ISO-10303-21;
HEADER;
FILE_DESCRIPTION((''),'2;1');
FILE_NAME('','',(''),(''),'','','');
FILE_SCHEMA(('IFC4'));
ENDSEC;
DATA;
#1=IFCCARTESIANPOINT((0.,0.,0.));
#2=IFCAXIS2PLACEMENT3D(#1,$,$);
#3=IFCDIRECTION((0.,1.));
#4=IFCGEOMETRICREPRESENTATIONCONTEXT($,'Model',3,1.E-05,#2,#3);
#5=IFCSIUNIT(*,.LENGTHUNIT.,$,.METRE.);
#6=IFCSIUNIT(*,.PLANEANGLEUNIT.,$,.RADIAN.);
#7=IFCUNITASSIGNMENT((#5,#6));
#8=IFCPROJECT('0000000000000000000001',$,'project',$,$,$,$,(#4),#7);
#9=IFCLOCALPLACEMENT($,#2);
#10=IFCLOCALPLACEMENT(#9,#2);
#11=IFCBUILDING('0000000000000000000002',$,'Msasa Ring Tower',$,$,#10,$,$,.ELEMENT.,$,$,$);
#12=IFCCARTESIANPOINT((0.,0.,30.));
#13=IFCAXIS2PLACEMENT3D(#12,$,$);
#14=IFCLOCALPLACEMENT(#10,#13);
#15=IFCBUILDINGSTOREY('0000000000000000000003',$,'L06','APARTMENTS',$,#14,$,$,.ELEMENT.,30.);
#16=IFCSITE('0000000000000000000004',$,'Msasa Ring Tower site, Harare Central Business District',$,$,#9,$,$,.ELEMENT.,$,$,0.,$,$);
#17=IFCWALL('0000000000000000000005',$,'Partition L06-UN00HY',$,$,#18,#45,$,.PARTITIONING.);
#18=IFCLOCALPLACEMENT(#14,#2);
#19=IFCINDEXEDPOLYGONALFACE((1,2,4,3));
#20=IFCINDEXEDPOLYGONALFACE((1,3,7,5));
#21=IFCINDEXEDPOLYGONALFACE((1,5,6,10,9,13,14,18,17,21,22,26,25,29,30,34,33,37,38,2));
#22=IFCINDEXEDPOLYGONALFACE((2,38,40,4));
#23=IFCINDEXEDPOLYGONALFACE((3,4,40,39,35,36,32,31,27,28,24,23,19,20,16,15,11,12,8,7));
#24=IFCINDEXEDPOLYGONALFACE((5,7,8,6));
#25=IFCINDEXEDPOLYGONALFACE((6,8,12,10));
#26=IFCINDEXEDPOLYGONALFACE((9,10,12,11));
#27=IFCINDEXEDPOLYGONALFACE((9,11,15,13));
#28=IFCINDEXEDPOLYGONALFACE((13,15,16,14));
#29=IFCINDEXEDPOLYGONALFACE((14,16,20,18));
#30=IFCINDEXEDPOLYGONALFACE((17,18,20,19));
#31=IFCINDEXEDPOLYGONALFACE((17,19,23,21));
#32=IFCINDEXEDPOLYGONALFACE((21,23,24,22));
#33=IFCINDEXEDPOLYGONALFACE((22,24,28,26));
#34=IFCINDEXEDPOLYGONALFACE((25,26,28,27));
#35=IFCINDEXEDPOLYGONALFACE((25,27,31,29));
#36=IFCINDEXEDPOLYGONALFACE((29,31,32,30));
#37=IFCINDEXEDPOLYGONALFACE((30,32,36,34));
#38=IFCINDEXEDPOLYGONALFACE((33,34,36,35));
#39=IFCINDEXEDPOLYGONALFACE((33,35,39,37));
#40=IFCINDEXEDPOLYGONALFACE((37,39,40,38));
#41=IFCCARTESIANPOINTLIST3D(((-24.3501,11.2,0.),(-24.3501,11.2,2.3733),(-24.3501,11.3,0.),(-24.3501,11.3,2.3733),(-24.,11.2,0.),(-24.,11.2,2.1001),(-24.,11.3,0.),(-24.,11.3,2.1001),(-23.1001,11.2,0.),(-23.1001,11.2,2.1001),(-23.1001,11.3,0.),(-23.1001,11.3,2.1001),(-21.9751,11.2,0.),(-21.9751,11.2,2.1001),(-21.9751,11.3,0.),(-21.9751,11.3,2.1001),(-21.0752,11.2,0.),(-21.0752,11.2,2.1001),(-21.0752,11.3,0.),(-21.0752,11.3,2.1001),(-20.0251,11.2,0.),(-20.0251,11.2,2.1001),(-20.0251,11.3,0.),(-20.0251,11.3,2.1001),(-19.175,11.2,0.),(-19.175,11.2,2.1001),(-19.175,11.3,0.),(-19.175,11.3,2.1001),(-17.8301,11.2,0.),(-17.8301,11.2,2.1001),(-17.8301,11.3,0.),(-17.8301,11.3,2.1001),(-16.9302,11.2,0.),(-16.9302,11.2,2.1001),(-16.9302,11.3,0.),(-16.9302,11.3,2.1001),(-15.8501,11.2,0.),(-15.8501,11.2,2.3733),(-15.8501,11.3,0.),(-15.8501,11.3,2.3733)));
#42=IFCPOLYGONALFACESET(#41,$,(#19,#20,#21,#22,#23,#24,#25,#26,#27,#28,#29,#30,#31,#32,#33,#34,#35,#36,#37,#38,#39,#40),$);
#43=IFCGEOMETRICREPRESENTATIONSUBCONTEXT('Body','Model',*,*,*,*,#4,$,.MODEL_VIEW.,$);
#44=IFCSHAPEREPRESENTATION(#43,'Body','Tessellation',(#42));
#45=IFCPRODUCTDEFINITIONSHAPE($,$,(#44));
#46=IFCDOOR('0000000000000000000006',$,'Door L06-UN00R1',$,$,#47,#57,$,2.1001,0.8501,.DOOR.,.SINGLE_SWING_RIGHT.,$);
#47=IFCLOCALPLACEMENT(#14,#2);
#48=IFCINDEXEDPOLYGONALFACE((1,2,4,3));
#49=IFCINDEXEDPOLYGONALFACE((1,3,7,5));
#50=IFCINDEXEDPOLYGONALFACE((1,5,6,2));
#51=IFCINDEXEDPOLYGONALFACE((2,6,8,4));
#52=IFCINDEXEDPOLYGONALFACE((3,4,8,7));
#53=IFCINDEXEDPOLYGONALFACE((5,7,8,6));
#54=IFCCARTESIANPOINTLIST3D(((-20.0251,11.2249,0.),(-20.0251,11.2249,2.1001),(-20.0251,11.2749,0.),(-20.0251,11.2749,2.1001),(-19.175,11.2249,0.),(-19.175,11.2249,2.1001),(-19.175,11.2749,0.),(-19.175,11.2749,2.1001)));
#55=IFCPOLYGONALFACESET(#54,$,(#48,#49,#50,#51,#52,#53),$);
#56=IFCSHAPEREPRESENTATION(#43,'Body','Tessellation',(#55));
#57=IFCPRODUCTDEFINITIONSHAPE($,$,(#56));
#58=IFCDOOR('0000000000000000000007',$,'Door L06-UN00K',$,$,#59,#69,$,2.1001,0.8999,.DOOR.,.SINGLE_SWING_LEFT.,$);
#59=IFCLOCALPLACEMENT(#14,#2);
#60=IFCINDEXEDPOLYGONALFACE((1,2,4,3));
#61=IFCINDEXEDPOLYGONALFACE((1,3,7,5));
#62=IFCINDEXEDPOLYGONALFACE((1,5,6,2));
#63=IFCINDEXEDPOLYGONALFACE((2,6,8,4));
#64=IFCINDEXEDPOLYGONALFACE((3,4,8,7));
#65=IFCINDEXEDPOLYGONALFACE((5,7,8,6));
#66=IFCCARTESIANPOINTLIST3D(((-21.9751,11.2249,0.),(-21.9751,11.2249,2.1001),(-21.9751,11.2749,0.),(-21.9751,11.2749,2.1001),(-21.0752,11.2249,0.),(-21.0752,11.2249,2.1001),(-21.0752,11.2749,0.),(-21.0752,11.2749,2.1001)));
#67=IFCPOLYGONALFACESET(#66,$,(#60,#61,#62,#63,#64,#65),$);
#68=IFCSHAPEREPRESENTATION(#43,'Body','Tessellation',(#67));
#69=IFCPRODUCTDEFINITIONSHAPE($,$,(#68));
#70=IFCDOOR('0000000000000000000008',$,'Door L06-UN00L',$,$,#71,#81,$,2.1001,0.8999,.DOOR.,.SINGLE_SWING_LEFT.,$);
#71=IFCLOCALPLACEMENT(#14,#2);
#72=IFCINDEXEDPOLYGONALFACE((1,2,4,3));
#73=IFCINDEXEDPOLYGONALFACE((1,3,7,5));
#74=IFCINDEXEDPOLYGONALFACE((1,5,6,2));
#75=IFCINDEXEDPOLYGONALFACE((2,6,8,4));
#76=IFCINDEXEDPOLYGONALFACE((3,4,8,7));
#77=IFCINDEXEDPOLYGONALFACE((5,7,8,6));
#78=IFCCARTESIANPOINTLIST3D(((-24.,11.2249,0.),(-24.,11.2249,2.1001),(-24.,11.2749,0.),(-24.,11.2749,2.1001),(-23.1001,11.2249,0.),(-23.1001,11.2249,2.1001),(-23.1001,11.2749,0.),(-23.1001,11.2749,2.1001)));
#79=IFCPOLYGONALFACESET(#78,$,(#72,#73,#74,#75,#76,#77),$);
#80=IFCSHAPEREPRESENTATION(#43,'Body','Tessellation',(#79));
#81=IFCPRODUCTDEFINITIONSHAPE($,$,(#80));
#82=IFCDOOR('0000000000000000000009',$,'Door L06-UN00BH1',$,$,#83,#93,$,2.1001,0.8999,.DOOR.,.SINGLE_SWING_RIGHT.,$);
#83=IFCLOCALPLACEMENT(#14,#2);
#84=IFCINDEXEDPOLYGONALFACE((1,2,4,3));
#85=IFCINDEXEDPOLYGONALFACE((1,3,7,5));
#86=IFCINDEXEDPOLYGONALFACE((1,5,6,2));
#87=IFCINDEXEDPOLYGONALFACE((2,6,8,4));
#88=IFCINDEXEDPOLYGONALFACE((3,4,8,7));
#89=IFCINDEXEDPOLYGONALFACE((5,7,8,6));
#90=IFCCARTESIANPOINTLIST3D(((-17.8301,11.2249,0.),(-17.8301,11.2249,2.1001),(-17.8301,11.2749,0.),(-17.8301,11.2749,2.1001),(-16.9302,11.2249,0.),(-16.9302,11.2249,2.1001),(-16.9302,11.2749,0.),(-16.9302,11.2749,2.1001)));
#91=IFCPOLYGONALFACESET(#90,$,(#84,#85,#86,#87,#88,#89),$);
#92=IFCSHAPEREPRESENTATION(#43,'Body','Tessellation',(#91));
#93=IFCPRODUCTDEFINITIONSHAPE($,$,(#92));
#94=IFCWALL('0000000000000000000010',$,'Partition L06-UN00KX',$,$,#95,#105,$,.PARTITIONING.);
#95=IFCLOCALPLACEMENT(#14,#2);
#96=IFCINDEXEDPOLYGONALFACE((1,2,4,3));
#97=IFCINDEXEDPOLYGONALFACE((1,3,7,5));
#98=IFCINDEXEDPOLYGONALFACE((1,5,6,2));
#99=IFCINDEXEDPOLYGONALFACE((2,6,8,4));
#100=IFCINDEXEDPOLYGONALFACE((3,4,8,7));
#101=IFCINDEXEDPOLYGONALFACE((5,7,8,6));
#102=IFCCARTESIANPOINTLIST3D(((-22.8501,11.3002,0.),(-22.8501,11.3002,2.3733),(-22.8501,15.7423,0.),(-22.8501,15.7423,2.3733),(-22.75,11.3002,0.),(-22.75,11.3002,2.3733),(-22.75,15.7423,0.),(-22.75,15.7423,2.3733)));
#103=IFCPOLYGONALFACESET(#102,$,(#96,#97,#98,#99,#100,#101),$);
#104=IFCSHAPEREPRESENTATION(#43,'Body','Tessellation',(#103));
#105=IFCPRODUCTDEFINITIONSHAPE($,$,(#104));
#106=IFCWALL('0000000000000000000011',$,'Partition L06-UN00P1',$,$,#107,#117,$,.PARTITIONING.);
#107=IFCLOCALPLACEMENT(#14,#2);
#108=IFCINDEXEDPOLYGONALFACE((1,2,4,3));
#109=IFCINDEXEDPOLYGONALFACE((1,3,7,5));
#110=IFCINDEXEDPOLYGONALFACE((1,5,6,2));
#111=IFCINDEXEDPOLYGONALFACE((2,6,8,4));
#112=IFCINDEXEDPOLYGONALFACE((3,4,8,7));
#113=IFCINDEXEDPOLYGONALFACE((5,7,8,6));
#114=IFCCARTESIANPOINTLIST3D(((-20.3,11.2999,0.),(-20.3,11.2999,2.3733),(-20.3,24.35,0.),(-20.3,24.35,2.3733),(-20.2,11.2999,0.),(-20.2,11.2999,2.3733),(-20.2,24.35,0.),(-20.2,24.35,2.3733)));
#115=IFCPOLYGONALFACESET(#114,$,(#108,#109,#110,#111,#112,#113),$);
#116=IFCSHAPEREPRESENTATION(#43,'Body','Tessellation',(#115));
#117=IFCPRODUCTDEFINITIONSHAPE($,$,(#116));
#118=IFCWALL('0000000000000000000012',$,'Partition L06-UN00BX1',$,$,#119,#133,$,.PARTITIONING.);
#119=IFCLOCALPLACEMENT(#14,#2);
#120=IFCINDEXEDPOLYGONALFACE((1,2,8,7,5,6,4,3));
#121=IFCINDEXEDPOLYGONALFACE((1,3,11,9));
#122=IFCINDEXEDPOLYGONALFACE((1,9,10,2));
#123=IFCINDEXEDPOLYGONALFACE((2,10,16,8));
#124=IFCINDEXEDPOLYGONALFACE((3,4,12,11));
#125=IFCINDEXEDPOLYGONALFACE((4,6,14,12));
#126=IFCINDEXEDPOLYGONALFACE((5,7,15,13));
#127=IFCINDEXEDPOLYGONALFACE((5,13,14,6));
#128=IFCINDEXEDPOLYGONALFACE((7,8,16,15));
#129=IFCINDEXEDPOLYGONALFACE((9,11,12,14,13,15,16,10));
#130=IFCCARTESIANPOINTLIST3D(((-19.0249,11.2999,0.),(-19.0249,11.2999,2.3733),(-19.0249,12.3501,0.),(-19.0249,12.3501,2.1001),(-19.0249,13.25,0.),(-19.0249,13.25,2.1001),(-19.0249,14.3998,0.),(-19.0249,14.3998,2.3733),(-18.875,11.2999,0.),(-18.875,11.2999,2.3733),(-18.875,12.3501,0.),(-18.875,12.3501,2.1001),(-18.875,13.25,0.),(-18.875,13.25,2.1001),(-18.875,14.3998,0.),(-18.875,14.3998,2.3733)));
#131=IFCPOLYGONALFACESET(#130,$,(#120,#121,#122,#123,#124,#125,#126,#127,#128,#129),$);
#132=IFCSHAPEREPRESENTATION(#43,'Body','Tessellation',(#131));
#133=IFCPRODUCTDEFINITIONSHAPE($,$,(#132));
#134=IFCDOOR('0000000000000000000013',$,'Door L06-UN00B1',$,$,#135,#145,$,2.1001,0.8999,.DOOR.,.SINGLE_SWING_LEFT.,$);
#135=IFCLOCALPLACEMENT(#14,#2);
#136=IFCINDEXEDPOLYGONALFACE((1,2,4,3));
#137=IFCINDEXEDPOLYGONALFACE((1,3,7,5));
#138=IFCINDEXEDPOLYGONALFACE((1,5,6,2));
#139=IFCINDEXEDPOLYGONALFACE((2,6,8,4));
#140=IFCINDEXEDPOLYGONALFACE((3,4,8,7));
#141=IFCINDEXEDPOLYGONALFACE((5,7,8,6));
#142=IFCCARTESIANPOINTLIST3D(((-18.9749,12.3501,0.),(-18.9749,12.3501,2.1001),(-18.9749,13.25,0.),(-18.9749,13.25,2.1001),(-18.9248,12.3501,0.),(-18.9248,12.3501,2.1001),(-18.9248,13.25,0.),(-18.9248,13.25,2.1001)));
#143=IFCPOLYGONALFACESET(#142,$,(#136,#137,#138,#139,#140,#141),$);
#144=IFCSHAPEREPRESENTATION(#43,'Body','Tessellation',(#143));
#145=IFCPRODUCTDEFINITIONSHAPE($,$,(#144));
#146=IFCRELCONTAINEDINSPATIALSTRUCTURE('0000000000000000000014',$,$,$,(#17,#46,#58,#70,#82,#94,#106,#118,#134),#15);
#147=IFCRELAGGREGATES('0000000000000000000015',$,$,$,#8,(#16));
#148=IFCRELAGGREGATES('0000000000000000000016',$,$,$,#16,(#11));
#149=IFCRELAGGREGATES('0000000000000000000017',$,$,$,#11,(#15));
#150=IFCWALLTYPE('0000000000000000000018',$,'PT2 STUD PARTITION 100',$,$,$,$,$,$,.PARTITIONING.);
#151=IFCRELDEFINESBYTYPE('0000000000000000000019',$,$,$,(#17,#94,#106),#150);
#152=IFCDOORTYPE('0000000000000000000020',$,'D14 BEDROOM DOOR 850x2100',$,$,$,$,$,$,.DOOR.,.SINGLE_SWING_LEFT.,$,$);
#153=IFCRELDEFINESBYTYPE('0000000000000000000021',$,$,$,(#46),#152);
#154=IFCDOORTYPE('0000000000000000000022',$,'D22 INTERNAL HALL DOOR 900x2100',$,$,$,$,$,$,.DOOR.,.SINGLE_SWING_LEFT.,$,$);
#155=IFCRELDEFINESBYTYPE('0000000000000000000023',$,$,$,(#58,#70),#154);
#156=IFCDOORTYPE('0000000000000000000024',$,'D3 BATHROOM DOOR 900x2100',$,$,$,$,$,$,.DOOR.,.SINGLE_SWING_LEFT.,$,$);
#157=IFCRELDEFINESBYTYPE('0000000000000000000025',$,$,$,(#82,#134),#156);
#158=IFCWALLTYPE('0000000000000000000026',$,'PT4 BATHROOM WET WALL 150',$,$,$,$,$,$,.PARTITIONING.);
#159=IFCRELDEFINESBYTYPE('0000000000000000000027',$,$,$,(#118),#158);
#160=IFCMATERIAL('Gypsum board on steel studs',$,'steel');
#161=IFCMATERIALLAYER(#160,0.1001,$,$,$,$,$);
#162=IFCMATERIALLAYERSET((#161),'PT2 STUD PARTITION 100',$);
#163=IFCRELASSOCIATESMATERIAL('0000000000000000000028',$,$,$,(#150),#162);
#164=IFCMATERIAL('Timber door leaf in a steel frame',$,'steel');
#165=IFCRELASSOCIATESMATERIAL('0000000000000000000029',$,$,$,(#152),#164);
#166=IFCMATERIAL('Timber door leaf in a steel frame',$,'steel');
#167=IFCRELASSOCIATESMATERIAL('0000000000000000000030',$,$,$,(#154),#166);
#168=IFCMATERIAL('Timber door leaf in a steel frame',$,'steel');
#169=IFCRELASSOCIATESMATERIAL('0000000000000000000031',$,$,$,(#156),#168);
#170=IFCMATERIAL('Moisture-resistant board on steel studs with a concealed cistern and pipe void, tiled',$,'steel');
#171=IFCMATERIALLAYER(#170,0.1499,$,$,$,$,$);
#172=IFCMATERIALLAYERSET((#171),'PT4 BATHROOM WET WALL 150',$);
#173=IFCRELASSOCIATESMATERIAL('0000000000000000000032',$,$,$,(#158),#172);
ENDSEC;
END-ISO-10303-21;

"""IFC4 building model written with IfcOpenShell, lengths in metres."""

from ifc_helpers import new_model, si_unit, direction, frame, frame_2d, origin, place, context, subcontext, project, spatial, rectangle, extrude, material, layer, layer_set, type_object, element, fill, save


model = new_model("IFC4")

# Units and contexts
model_context = context("Model", 3, precision=1e-05, world=origin(), true_north=direction((0.0, 1.0)))
body_context = subcontext(model_context, "Body", "Model", "MODEL_VIEW")
ifc_project = project(units=[si_unit("LENGTHUNIT", "METRE"), si_unit("PLANEANGLEUNIT", "RADIAN")], contexts=[model_context])

# Site, building, storey
site_placement = place(None, origin())
site = spatial("IfcSite", under=ifc_project, at=site_placement, Name="Msasa Ring Tower site, Harare Central Business District", CompositionType="ELEMENT", RefElevation=0.0)
building_placement = place(site_placement, origin())
building = spatial("IfcBuilding", under=site, at=building_placement, Name="Msasa Ring Tower", CompositionType="ELEMENT")
storey_placement = place(building_placement, frame((0.0, 0.0, 30.0)))
storey = spatial("IfcBuildingStorey", under=building, at=storey_placement, Name="L06", Description="APARTMENTS", CompositionType="ELEMENT", Elevation=30.0)

# Wall, openings, doors
ifc_material_1 = material(Name="Gypsum board on steel studs", Category="steel")
ifc_layer_1 = layer(ifc_material_1, 0.1001)
ifc_layer_set_1 = layer_set([ifc_layer_1], Name="PT2 STUD PARTITION 100")
wall_type_1 = type_object("IfcWallType", Name="PT2 STUD PARTITION 100", PredefinedType="PARTITIONING", material=ifc_layer_set_1)
wall_1_placement = place(storey_placement, frame((-24.3501, 11.25, 0.0), z_axis=(0.0, 0.0, 1.0), x_axis=(1.0, 0.0, 0.0)))
wall_1 = element("IfcWall", 1, at=wall_1_placement, inside=storey, type_object=wall_type_1, Name="Partition L06-UN00HY", PredefinedType="PARTITIONING", context=body_context, shape_type="SweptSolid", body=[
    extrude(rectangle(XDim=8.5, YDim=0.1001, at=frame_2d((4.25, 0.0))), origin(), (0.0, 0.0, 1.0), 2.3733),
])
opening_1_placement = place(wall_1_placement, frame((2.375, 0.0, 0.0)))
opening_1 = element("IfcOpeningElement", 2, at=opening_1_placement, cuts=wall_1, PredefinedType="OPENING", context=body_context, shape_type="SweptSolid", body=[
    extrude(rectangle(XDim=0.8999, YDim=2.1001, at=frame_2d((0.45, 1.05))), frame((0.0, 0.0601, 0.0), z_axis=(0.0, -1.0, 0.0), x_axis=(1.0, 0.0, 0.0)), (0.0, 0.0, 1.0), 0.1201),
])
opening_2_placement = place(wall_1_placement, frame((0.3501, 0.0, 0.0)))
opening_2 = element("IfcOpeningElement", 3, at=opening_2_placement, cuts=wall_1, PredefinedType="OPENING", context=body_context, shape_type="SweptSolid", body=[
    extrude(rectangle(XDim=0.8999, YDim=2.1001, at=frame_2d((0.45, 1.05))), frame((0.0, 0.0601, 0.0), z_axis=(0.0, -1.0, 0.0), x_axis=(1.0, 0.0, 0.0)), (0.0, 0.0, 1.0), 0.1201),
])
opening_3_placement = place(wall_1_placement, frame((4.325, 0.0, 0.0)))
opening_3 = element("IfcOpeningElement", 4, at=opening_3_placement, cuts=wall_1, PredefinedType="OPENING", context=body_context, shape_type="SweptSolid", body=[
    extrude(rectangle(XDim=0.8501, YDim=2.1001, at=frame_2d((0.425, 1.05))), frame((0.0, 0.0601, 0.0), z_axis=(0.0, -1.0, 0.0), x_axis=(1.0, 0.0, 0.0)), (0.0, 0.0, 1.0), 0.1201),
])
opening_4_placement = place(wall_1_placement, frame((6.52, 0.0, 0.0)))
opening_4 = element("IfcOpeningElement", 5, at=opening_4_placement, cuts=wall_1, PredefinedType="OPENING", context=body_context, shape_type="SweptSolid", body=[
    extrude(rectangle(XDim=0.8999, YDim=2.1001, at=frame_2d((0.45, 1.05))), frame((0.0, 0.0601, 0.0), z_axis=(0.0, -1.0, 0.0), x_axis=(1.0, 0.0, 0.0)), (0.0, 0.0, 1.0), 0.1201),
])
ifc_material_2 = material(Name="Timber door leaf in a steel frame", Category="steel")
door_type_1 = type_object("IfcDoorType", Name="D14 BEDROOM DOOR 850x2100", OperationType="SINGLE_SWING_LEFT", PredefinedType="DOOR", material=ifc_material_2)
door_1_placement = place(opening_3_placement, origin())
door_1 = element("IfcDoor", 6, at=door_1_placement, inside=storey, type_object=door_type_1, Name="Door L06-UN00R1", OperationType="SINGLE_SWING_RIGHT", OverallHeight=2.1001, OverallWidth=0.8501, PredefinedType="DOOR", context=body_context, shape_type="SweptSolid", body=[
    extrude(rectangle(XDim=0.8501, YDim=2.1001, at=frame_2d((0.425, 1.05))), frame((0.0, 0.0249, 0.0), z_axis=(0.0, -1.0, 0.0), x_axis=(1.0, 0.0, 0.0)), (0.0, 0.0, 1.0), 0.05),
])
fill(opening_3, door_1)
ifc_material_3 = material(Name="Timber door leaf in a steel frame", Category="steel")
door_type_2 = type_object("IfcDoorType", Name="D22 INTERNAL HALL DOOR 900x2100", OperationType="SINGLE_SWING_LEFT", PredefinedType="DOOR", material=ifc_material_3)
door_2_placement = place(opening_1_placement, origin())
door_2 = element("IfcDoor", 7, at=door_2_placement, inside=storey, type_object=door_type_2, Name="Door L06-UN00K", OperationType="SINGLE_SWING_LEFT", OverallHeight=2.1001, OverallWidth=0.8999, PredefinedType="DOOR", context=body_context, shape_type="SweptSolid", body=[
    extrude(rectangle(XDim=0.8999, YDim=2.1001, at=frame_2d((0.45, 1.05))), frame((0.0, 0.0249, 0.0), z_axis=(0.0, -1.0, 0.0), x_axis=(1.0, 0.0, 0.0)), (0.0, 0.0, 1.0), 0.05),
])
fill(opening_1, door_2)
door_3_placement = place(opening_2_placement, origin())
door_3 = element("IfcDoor", 8, at=door_3_placement, inside=storey, type_object=door_type_2, Name="Door L06-UN00L", OperationType="SINGLE_SWING_LEFT", OverallHeight=2.1001, OverallWidth=0.8999, PredefinedType="DOOR", context=body_context, shape_type="SweptSolid", body=[
    extrude(rectangle(XDim=0.8999, YDim=2.1001, at=frame_2d((0.45, 1.05))), frame((0.0, 0.0249, 0.0), z_axis=(0.0, -1.0, 0.0), x_axis=(1.0, 0.0, 0.0)), (0.0, 0.0, 1.0), 0.05),
])
fill(opening_2, door_3)
ifc_material_4 = material(Name="Timber door leaf in a steel frame", Category="steel")
door_type_3 = type_object("IfcDoorType", Name="D3 BATHROOM DOOR 900x2100", OperationType="SINGLE_SWING_LEFT", PredefinedType="DOOR", material=ifc_material_4)
door_4_placement = place(opening_4_placement, origin())
door_4 = element("IfcDoor", 9, at=door_4_placement, inside=storey, type_object=door_type_3, Name="Door L06-UN00BH1", OperationType="SINGLE_SWING_RIGHT", OverallHeight=2.1001, OverallWidth=0.8999, PredefinedType="DOOR", context=body_context, shape_type="SweptSolid", body=[
    extrude(rectangle(XDim=0.8999, YDim=2.1001, at=frame_2d((0.45, 1.05))), frame((0.0, 0.0249, 0.0), z_axis=(0.0, -1.0, 0.0), x_axis=(1.0, 0.0, 0.0)), (0.0, 0.0, 1.0), 0.05),
])
fill(opening_4, door_4)

# Walls
wall_2_placement = place(storey_placement, frame((-22.8, 11.3, 0.0), z_axis=(0.0, 0.0, 1.0), x_axis=(0.0, 1.0, 0.0)))
element("IfcWall", 10, at=wall_2_placement, inside=storey, type_object=wall_type_1, Name="Partition L06-UN00KX", PredefinedType="PARTITIONING", context=body_context, shape_type="SweptSolid", body=[
    extrude(rectangle(XDim=4.4421, YDim=0.1001, at=frame_2d((2.2212, 0.0))), origin(), (0.0, 0.0, 1.0), 2.3733),
])
wall_3_placement = place(storey_placement, frame((-20.25, 11.3, 0.0), z_axis=(0.0, 0.0, 1.0), x_axis=(0.0, 1.0, 0.0)))
element("IfcWall", 11, at=wall_3_placement, inside=storey, type_object=wall_type_1, Name="Partition L06-UN00P1", PredefinedType="PARTITIONING", context=body_context, shape_type="SweptSolid", body=[
    extrude(rectangle(XDim=13.05, YDim=0.1001, at=frame_2d((6.5249, 0.0))), origin(), (0.0, 0.0, 1.0), 2.3733),
])

# Wall, opening, door
ifc_material_5 = material(Name="Moisture-resistant board on steel studs with a concealed cistern and pipe void, tiled", Category="steel")
ifc_layer_2 = layer(ifc_material_5, 0.1499)
ifc_layer_set_2 = layer_set([ifc_layer_2], Name="PT4 BATHROOM WET WALL 150")
wall_type_2 = type_object("IfcWallType", Name="PT4 BATHROOM WET WALL 150", PredefinedType="PARTITIONING", material=ifc_layer_set_2)
wall_4_placement = place(storey_placement, frame((-18.95, 11.3, 0.0), z_axis=(0.0, 0.0, 1.0), x_axis=(0.0, 1.0, 0.0)))
wall_4 = element("IfcWall", 12, at=wall_4_placement, inside=storey, type_object=wall_type_2, Name="Partition L06-UN00BX1", PredefinedType="PARTITIONING", context=body_context, shape_type="SweptSolid", body=[
    extrude(rectangle(XDim=3.0999, YDim=0.1499, at=frame_2d((1.5498, 0.0))), origin(), (0.0, 0.0, 1.0), 2.3733),
])
opening_5_placement = place(wall_4_placement, frame((1.05, 0.0, 0.0)))
opening_5 = element("IfcOpeningElement", 13, at=opening_5_placement, cuts=wall_4, PredefinedType="OPENING", context=body_context, shape_type="SweptSolid", body=[
    extrude(rectangle(XDim=0.8999, YDim=2.1001, at=frame_2d((0.45, 1.05))), frame((0.0, 0.085, 0.0), z_axis=(0.0, -1.0, 0.0), x_axis=(1.0, 0.0, 0.0)), (0.0, 0.0, 1.0), 0.1699),
])
door_5_placement = place(opening_5_placement, origin())
door_5 = element("IfcDoor", 14, at=door_5_placement, inside=storey, type_object=door_type_3, Name="Door L06-UN00B1", OperationType="SINGLE_SWING_LEFT", OverallHeight=2.1001, OverallWidth=0.8999, PredefinedType="DOOR", context=body_context, shape_type="SweptSolid", body=[
    extrude(rectangle(XDim=0.8999, YDim=2.1001, at=frame_2d((0.45, 1.05))), frame((0.0, 0.0249, 0.0), z_axis=(0.0, -1.0, 0.0), x_axis=(1.0, 0.0, 0.0)), (0.0, 0.0, 1.0), 0.05),
])
fill(opening_5, door_5)

save(model, "model.ifc")
